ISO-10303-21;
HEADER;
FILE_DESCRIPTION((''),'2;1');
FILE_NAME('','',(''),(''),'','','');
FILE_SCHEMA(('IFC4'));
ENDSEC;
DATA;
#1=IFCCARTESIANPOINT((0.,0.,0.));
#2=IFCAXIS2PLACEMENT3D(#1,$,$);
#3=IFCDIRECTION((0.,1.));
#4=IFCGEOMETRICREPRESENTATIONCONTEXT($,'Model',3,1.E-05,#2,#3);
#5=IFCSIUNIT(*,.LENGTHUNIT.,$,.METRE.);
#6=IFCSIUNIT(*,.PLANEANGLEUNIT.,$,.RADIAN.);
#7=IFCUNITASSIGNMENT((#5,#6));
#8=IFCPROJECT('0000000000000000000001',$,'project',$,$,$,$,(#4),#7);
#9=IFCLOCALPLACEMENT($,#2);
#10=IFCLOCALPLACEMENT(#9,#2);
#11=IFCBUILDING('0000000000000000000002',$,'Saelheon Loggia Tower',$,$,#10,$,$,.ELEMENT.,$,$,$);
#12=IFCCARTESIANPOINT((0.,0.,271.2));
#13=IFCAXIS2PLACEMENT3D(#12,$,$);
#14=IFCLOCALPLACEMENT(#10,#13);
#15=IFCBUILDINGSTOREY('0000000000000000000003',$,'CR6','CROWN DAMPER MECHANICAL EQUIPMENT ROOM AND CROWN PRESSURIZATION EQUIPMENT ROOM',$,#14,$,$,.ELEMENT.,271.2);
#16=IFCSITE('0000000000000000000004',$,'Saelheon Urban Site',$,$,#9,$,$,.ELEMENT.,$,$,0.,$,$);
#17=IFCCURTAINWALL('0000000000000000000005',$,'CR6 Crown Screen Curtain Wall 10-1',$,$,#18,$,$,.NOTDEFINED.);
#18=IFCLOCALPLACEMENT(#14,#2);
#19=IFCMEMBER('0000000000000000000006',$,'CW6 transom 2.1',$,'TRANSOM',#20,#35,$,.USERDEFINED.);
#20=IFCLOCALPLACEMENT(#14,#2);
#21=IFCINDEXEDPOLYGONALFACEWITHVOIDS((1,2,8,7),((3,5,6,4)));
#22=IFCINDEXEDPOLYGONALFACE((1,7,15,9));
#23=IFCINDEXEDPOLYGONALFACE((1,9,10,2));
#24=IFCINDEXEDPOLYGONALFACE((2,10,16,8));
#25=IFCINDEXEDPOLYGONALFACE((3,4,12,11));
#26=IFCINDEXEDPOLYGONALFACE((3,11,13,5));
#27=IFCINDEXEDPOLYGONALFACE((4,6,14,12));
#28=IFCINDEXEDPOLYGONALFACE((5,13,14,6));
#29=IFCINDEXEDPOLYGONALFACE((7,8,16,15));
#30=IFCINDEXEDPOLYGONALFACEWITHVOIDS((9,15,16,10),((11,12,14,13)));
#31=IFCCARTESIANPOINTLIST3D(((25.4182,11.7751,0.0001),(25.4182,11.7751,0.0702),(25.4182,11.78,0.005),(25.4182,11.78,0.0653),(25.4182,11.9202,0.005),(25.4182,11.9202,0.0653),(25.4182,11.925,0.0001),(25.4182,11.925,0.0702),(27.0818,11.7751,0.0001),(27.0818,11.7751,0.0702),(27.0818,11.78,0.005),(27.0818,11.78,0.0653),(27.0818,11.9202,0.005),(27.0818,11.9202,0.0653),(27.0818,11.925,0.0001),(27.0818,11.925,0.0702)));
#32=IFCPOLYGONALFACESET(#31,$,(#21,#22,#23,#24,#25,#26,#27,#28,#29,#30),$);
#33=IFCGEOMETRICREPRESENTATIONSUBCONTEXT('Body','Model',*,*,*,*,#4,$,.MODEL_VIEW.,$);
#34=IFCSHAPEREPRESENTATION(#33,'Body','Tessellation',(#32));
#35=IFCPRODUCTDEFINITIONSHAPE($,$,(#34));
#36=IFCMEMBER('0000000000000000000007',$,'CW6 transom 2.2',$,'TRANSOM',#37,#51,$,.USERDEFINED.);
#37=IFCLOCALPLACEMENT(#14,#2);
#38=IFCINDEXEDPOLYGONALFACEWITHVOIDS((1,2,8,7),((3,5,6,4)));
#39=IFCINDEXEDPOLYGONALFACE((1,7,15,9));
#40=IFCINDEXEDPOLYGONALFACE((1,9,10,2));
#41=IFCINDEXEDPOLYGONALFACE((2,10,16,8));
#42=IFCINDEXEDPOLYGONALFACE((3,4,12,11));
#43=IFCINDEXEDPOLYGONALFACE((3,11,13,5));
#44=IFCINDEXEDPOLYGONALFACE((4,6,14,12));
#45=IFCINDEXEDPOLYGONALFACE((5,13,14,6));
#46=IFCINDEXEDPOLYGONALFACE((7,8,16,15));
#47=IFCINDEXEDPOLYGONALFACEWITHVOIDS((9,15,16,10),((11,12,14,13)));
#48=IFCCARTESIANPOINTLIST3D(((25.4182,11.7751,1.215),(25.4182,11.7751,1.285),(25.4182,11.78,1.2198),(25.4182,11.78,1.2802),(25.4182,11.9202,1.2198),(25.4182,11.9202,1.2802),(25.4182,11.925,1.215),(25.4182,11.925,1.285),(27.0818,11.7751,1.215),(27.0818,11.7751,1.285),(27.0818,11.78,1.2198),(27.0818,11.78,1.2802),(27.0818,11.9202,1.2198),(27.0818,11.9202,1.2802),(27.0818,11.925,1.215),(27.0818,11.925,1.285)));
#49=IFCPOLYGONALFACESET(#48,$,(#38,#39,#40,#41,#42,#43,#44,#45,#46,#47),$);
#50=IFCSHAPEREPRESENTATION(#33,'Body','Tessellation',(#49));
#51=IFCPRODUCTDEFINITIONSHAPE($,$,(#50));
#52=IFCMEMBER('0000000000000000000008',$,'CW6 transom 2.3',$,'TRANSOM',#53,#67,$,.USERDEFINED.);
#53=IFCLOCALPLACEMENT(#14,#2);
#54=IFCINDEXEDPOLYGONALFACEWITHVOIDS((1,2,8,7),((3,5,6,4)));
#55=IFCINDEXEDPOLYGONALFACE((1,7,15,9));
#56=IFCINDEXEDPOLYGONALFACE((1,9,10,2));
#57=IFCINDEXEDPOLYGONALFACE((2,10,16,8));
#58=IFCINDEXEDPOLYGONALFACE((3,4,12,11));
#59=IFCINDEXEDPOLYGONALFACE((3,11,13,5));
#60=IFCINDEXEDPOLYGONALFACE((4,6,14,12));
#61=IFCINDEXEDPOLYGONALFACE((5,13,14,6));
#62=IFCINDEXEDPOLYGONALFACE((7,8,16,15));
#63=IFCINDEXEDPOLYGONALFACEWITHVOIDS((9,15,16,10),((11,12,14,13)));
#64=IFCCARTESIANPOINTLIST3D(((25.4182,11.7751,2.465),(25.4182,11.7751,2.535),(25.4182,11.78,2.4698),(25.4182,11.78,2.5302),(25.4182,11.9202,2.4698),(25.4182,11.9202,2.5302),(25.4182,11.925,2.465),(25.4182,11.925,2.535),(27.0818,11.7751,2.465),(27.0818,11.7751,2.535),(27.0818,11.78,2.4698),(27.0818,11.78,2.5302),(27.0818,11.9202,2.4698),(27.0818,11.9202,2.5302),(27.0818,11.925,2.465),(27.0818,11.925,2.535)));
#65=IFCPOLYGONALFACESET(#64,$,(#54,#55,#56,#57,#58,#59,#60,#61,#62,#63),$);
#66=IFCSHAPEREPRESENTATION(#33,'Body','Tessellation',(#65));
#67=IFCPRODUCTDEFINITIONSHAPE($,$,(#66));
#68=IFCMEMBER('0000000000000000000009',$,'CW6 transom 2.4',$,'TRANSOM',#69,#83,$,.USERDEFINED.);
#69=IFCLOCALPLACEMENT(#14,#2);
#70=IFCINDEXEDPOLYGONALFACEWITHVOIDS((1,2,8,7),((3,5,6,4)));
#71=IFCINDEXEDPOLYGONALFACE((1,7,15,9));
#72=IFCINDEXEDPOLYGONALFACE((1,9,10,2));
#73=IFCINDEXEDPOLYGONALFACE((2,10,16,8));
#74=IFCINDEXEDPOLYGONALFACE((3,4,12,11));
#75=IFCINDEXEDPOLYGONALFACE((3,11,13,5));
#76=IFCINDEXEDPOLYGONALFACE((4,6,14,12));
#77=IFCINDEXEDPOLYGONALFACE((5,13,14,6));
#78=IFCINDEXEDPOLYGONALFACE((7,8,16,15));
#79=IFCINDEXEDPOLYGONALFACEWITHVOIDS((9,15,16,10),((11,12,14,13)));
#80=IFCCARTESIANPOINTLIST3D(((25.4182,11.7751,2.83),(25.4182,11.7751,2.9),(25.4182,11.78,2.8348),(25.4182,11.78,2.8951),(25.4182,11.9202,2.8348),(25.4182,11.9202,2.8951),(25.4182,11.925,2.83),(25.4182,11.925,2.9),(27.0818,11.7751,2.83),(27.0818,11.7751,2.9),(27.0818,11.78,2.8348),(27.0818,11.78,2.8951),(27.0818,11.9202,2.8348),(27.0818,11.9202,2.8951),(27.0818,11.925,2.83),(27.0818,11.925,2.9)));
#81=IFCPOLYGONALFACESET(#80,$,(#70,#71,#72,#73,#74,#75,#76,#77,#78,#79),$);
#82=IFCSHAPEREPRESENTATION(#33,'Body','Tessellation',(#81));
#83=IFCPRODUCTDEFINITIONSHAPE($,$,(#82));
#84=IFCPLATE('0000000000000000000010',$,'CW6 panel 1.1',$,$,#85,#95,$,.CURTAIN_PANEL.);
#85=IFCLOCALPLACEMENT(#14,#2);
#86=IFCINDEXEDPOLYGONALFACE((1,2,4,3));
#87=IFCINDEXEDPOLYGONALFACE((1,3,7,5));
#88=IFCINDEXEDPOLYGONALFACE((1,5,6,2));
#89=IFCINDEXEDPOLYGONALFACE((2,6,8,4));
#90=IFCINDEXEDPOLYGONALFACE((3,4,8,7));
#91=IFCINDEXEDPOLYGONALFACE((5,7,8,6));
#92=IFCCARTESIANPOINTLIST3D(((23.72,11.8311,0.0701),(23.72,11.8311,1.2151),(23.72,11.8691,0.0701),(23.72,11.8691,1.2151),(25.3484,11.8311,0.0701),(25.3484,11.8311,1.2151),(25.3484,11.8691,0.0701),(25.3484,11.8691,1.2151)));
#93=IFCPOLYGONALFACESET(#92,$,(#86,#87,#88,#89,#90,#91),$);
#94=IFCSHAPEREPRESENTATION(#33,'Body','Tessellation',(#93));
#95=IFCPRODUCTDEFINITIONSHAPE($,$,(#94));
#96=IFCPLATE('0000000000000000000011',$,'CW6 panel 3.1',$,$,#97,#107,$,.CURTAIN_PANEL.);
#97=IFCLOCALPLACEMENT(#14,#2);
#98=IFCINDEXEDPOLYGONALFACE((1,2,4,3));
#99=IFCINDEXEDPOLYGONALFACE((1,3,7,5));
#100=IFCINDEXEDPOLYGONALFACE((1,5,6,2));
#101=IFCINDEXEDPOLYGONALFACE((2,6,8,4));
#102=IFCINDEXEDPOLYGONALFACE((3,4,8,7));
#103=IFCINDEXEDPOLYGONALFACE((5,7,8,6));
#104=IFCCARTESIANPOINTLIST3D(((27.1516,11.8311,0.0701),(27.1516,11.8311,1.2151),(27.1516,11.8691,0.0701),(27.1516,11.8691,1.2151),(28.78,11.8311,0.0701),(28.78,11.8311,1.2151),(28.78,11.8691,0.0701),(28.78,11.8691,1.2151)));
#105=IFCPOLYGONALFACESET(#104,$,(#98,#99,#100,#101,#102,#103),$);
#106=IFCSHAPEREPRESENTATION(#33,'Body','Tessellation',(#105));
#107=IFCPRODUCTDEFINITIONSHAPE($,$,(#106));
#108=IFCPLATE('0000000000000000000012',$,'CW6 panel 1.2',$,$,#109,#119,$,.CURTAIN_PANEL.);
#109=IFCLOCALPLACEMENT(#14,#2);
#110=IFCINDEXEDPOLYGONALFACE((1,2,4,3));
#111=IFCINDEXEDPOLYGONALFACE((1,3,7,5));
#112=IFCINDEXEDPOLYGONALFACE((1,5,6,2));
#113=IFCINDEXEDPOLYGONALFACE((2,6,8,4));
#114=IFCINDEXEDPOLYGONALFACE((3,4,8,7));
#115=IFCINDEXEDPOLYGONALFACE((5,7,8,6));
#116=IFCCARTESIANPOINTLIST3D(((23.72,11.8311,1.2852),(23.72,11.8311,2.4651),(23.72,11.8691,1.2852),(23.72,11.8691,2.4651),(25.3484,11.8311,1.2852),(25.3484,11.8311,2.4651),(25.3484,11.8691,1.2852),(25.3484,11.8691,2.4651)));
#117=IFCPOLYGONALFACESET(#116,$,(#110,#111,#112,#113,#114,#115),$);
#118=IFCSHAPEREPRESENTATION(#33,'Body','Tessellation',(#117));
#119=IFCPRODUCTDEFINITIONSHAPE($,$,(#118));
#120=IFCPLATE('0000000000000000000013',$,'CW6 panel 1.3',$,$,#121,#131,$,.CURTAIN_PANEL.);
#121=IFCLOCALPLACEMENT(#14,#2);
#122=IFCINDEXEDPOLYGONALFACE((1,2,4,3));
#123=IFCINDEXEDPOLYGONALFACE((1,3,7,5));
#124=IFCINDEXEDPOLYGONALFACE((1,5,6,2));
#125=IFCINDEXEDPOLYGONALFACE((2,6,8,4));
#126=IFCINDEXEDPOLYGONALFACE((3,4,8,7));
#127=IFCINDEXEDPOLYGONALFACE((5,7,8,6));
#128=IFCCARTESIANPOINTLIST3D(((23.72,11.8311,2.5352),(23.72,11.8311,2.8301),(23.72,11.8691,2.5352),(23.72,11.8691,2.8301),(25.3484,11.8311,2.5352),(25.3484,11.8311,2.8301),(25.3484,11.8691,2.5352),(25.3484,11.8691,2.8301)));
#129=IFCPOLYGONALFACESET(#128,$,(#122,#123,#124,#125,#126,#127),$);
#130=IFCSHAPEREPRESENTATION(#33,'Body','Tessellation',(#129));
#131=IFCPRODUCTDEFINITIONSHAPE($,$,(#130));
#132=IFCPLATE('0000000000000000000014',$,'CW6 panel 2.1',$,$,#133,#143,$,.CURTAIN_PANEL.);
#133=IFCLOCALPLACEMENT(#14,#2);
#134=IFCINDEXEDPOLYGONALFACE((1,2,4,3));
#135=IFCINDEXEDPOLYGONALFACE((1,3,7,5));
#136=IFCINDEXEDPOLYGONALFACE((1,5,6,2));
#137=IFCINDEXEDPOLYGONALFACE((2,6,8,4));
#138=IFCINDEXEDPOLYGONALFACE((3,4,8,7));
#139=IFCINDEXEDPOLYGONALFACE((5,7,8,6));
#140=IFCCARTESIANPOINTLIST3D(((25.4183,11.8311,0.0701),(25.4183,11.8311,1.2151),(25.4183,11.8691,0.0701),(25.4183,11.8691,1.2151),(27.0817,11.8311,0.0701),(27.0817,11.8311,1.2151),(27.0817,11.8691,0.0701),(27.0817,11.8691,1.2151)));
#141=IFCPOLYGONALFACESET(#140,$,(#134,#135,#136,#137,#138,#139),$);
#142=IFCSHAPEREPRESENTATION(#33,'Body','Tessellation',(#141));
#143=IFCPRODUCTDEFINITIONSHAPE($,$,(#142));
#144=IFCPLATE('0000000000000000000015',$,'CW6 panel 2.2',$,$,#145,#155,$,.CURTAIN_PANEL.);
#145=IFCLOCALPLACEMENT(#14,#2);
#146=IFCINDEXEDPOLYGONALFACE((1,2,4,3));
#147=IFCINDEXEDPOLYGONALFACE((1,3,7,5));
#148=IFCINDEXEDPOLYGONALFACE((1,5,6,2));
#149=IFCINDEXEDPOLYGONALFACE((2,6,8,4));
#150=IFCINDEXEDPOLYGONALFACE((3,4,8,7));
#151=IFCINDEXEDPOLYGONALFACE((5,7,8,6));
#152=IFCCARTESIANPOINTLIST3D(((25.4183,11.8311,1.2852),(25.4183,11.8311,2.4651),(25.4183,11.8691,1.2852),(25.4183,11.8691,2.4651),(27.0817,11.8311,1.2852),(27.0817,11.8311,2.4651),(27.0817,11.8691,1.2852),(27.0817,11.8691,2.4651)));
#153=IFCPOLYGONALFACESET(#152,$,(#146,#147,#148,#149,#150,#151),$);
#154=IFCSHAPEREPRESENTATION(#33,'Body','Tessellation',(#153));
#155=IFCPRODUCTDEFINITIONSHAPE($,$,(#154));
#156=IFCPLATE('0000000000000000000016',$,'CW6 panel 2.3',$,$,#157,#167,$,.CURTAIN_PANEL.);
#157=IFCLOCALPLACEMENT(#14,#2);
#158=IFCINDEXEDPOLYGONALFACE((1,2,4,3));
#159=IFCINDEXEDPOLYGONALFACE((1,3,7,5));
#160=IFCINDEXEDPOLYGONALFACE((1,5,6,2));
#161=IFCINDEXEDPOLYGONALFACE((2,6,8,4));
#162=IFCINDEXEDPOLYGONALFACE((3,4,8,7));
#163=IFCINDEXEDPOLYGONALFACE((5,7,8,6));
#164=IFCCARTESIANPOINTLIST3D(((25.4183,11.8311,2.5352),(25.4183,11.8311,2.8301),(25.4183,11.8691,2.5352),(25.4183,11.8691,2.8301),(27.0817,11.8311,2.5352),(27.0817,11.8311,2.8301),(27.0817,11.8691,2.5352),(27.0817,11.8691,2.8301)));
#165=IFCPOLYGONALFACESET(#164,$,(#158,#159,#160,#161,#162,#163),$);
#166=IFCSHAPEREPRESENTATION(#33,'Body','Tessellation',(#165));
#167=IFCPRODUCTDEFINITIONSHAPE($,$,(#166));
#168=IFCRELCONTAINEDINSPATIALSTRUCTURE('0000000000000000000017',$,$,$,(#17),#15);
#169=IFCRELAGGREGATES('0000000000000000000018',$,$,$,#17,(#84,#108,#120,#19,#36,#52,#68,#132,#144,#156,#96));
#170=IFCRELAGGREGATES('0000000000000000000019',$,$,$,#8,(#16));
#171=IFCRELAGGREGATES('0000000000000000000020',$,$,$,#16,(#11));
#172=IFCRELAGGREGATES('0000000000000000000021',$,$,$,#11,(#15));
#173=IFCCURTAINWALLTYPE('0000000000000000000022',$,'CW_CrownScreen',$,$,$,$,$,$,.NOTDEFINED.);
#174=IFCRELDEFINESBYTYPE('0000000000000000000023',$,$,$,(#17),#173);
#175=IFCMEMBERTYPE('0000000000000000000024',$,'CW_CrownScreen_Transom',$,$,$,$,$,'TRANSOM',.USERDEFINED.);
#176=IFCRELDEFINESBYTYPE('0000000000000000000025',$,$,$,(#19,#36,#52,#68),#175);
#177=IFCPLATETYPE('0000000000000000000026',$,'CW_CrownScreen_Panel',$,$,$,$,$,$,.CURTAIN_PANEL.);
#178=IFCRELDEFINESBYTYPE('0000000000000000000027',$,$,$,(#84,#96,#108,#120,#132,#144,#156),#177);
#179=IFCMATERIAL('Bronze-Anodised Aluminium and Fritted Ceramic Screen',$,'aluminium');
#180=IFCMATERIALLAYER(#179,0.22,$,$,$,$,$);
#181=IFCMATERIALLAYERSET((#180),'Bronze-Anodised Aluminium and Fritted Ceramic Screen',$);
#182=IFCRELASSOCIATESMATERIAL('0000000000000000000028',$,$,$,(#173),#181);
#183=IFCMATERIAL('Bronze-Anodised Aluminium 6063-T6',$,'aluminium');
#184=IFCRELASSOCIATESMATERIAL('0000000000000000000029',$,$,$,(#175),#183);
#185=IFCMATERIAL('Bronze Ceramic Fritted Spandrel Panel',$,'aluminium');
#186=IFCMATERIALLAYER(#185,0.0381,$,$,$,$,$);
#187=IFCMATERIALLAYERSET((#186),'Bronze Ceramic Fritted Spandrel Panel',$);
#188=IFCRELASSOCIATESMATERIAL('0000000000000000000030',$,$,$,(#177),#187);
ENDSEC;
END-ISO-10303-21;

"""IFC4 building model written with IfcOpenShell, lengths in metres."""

from ifc_helpers import new_model, si_unit, direction, frame, origin, origin_2d, place, context, subcontext, project, spatial, rectangle, hollow_rectangle, extrude, source, transform, mapped, material, layer, layer_set, material_profile, profile_set, type_object, element, aggregate, save


model = new_model("IFC4")

# Units and contexts
model_context = context("Model", 3, precision=1e-05, world=origin(), true_north=direction((0.0, 1.0)))
body_context = subcontext(model_context, "Body", "Model", "MODEL_VIEW")
ifc_project = project(units=[si_unit("LENGTHUNIT", "METRE"), si_unit("PLANEANGLEUNIT", "RADIAN")], contexts=[model_context])

# Site, building, storey
site_placement = place(None, origin())
site = spatial("IfcSite", under=ifc_project, at=site_placement, Name="Saelheon Urban Site", CompositionType="ELEMENT", RefElevation=0.0)
building_placement = place(site_placement, origin())
building = spatial("IfcBuilding", under=site, at=building_placement, Name="Saelheon Loggia Tower", CompositionType="ELEMENT")
storey_placement = place(building_placement, frame((0.0, 0.0, 271.2)))
storey = spatial("IfcBuildingStorey", under=building, at=storey_placement, Name="CR6", Description="CROWN DAMPER MECHANICAL EQUIPMENT ROOM AND CROWN PRESSURIZATION EQUIPMENT ROOM", CompositionType="ELEMENT", Elevation=271.2)

# Curtain wall, members, plates
ifc_material_1 = material(Name="Bronze-Anodised Aluminium and Fritted Ceramic Screen", Category="aluminium")
ifc_layer_1 = layer(ifc_material_1, 0.22)
ifc_layer_set_1 = layer_set([ifc_layer_1], Name="Bronze-Anodised Aluminium and Fritted Ceramic Screen")
curtain_wall_type = type_object("IfcCurtainWallType", Name="CW_CrownScreen", PredefinedType="NOTDEFINED", material=ifc_layer_set_1)
curtain_wall_placement = place(storey_placement, origin())
curtain_wall = element("IfcCurtainWall", 1, at=curtain_wall_placement, inside=storey, type_object=curtain_wall_type, Name="CR6 Crown Screen Curtain Wall 10-1", PredefinedType="NOTDEFINED")
ifc_material_2 = material(Name="Bronze-Anodised Aluminium 6063-T6", Category="aluminium")
ifc_material_profile_1 = material_profile(ifc_material_2, hollow_rectangle(XDim=0.0701, YDim=0.1499, WallThickness=0.0049, at=origin_2d()), Name="RHS-150x70x5")
ifc_profile_set_1 = profile_set([ifc_material_profile_1], Name="Bronze-Anodised Aluminium 6063-T6")
member_type_1 = type_object("IfcMemberType", Name="CW_CrownScreen_Transom", ElementType="TRANSOM", PredefinedType="USERDEFINED", material=ifc_profile_set_1)
shared_shape_1 = source(origin(), body_context, "Body", "SweptSolid", [
    extrude(hollow_rectangle(XDim=0.0701, YDim=0.1499, WallThickness=0.0049, at=origin_2d()), origin(), (0.0, 0.0, 1.0), 1.6636),
])
member_1_placement = place(storey_placement, frame((25.4182, 11.8501, 0.0352), z_axis=(1.0, 0.0, 0.0), x_axis=(0.0, 0.0, 1.0)))
member_1 = element("IfcMember", 2, at=member_1_placement, type_object=member_type_1, Name="CW6 transom 2.1", ObjectType="TRANSOM", PredefinedType="USERDEFINED", context=body_context, shape_type="MappedRepresentation", body=[
    mapped(shared_shape_1, transform((0.0, 0.0, 0.0), scale=1.0)),
])
member_2_placement = place(storey_placement, frame((25.4182, 11.8501, 1.25), z_axis=(1.0, 0.0, 0.0), x_axis=(0.0, 0.0, 1.0)))
member_2 = element("IfcMember", 3, at=member_2_placement, type_object=member_type_1, Name="CW6 transom 2.2", ObjectType="TRANSOM", PredefinedType="USERDEFINED", context=body_context, shape_type="MappedRepresentation", body=[
    mapped(shared_shape_1, transform((0.0, 0.0, 0.0), scale=1.0)),
])
member_3_placement = place(storey_placement, frame((25.4182, 11.8501, 2.5), z_axis=(1.0, 0.0, 0.0), x_axis=(0.0, 0.0, 1.0)))
member_3 = element("IfcMember", 4, at=member_3_placement, type_object=member_type_1, Name="CW6 transom 2.3", ObjectType="TRANSOM", PredefinedType="USERDEFINED", context=body_context, shape_type="MappedRepresentation", body=[
    mapped(shared_shape_1, transform((0.0, 0.0, 0.0), scale=1.0)),
])
member_4_placement = place(storey_placement, frame((25.4182, 11.8501, 2.865), z_axis=(1.0, 0.0, 0.0), x_axis=(0.0, 0.0, 1.0)))
member_4 = element("IfcMember", 5, at=member_4_placement, type_object=member_type_1, Name="CW6 transom 2.4", ObjectType="TRANSOM", PredefinedType="USERDEFINED", context=body_context, shape_type="MappedRepresentation", body=[
    mapped(shared_shape_1, transform((0.0, 0.0, 0.0), scale=1.0)),
])
ifc_material_3 = material(Name="Bronze Ceramic Fritted Spandrel Panel", Category="aluminium")
ifc_layer_2 = layer(ifc_material_3, 0.0381)
ifc_layer_set_2 = layer_set([ifc_layer_2], Name="Bronze Ceramic Fritted Spandrel Panel")
plate_type = type_object("IfcPlateType", Name="CW_CrownScreen_Panel", PredefinedType="CURTAIN_PANEL", material=ifc_layer_set_2)
shared_shape_2 = source(origin(), body_context, "Body", "SweptSolid", [
    extrude(rectangle(XDim=1.6284, YDim=0.0381, at=origin_2d()), origin(), (0.0, 0.0, 1.0), 1.145),
])
plate_1_placement = place(storey_placement, frame((24.5342, 11.8501, 0.0701), z_axis=(0.0, 0.0, 1.0), x_axis=(1.0, 0.0, 0.0)))
plate_1 = element("IfcPlate", 6, at=plate_1_placement, type_object=plate_type, Name="CW6 panel 1.1", PredefinedType="CURTAIN_PANEL", context=body_context, shape_type="MappedRepresentation", body=[
    mapped(shared_shape_2, transform((0.0, 0.0, 0.0), scale=1.0)),
])
plate_2_placement = place(storey_placement, frame((27.9658, 11.8501, 0.0701), z_axis=(0.0, 0.0, 1.0), x_axis=(1.0, 0.0, 0.0)))
plate_2 = element("IfcPlate", 7, at=plate_2_placement, type_object=plate_type, Name="CW6 panel 3.1", PredefinedType="CURTAIN_PANEL", context=body_context, shape_type="MappedRepresentation", body=[
    mapped(shared_shape_2, transform((0.0, 0.0, 0.0), scale=1.0)),
])
shared_shape_3 = source(origin(), body_context, "Body", "SweptSolid", [
    extrude(rectangle(XDim=1.6284, YDim=0.0381, at=origin_2d()), origin(), (0.0, 0.0, 1.0), 1.1799),
])
plate_3_placement = place(storey_placement, frame((24.5342, 11.8501, 1.2852), z_axis=(0.0, 0.0, 1.0), x_axis=(1.0, 0.0, 0.0)))
plate_3 = element("IfcPlate", 8, at=plate_3_placement, type_object=plate_type, Name="CW6 panel 1.2", PredefinedType="CURTAIN_PANEL", context=body_context, shape_type="MappedRepresentation", body=[
    mapped(shared_shape_3, transform((0.0, 0.0, 0.0), scale=1.0)),
])
shared_shape_4 = source(origin(), body_context, "Body", "SweptSolid", [
    extrude(rectangle(XDim=1.6284, YDim=0.0381, at=origin_2d()), origin(), (0.0, 0.0, 1.0), 0.2949),
])
plate_4_placement = place(storey_placement, frame((24.5342, 11.8501, 2.5352), z_axis=(0.0, 0.0, 1.0), x_axis=(1.0, 0.0, 0.0)))
plate_4 = element("IfcPlate", 9, at=plate_4_placement, type_object=plate_type, Name="CW6 panel 1.3", PredefinedType="CURTAIN_PANEL", context=body_context, shape_type="MappedRepresentation", body=[
    mapped(shared_shape_4, transform((0.0, 0.0, 0.0), scale=1.0)),
])
shared_shape_5 = source(origin(), body_context, "Body", "SweptSolid", [
    extrude(rectangle(XDim=1.6633, YDim=0.0381, at=origin_2d()), origin(), (0.0, 0.0, 1.0), 1.145),
])
plate_5_placement = place(storey_placement, frame((26.25, 11.8501, 0.0701), z_axis=(0.0, 0.0, 1.0), x_axis=(1.0, 0.0, 0.0)))
plate_5 = element("IfcPlate", 10, at=plate_5_placement, type_object=plate_type, Name="CW6 panel 2.1", PredefinedType="CURTAIN_PANEL", context=body_context, shape_type="MappedRepresentation", body=[
    mapped(shared_shape_5, transform((0.0, 0.0, 0.0), scale=1.0)),
])
shared_shape_6 = source(origin(), body_context, "Body", "SweptSolid", [
    extrude(rectangle(XDim=1.6633, YDim=0.0381, at=origin_2d()), origin(), (0.0, 0.0, 1.0), 1.1799),
])
plate_6_placement = place(storey_placement, frame((26.25, 11.8501, 1.2852), z_axis=(0.0, 0.0, 1.0), x_axis=(1.0, 0.0, 0.0)))
plate_6 = element("IfcPlate", 11, at=plate_6_placement, type_object=plate_type, Name="CW6 panel 2.2", PredefinedType="CURTAIN_PANEL", context=body_context, shape_type="MappedRepresentation", body=[
    mapped(shared_shape_6, transform((0.0, 0.0, 0.0), scale=1.0)),
])
shared_shape_7 = source(origin(), body_context, "Body", "SweptSolid", [
    extrude(rectangle(XDim=1.6633, YDim=0.0381, at=origin_2d()), origin(), (0.0, 0.0, 1.0), 0.2949),
])
plate_7_placement = place(storey_placement, frame((26.25, 11.8501, 2.5352), z_axis=(0.0, 0.0, 1.0), x_axis=(1.0, 0.0, 0.0)))
plate_7 = element("IfcPlate", 12, at=plate_7_placement, type_object=plate_type, Name="CW6 panel 2.3", PredefinedType="CURTAIN_PANEL", context=body_context, shape_type="MappedRepresentation", body=[
    mapped(shared_shape_7, transform((0.0, 0.0, 0.0), scale=1.0)),
])
aggregate(curtain_wall, [plate_1, plate_3, plate_4, member_1, member_2, member_3, member_4, plate_5, plate_6, plate_7, plate_2])

save(model, "model.ifc")
